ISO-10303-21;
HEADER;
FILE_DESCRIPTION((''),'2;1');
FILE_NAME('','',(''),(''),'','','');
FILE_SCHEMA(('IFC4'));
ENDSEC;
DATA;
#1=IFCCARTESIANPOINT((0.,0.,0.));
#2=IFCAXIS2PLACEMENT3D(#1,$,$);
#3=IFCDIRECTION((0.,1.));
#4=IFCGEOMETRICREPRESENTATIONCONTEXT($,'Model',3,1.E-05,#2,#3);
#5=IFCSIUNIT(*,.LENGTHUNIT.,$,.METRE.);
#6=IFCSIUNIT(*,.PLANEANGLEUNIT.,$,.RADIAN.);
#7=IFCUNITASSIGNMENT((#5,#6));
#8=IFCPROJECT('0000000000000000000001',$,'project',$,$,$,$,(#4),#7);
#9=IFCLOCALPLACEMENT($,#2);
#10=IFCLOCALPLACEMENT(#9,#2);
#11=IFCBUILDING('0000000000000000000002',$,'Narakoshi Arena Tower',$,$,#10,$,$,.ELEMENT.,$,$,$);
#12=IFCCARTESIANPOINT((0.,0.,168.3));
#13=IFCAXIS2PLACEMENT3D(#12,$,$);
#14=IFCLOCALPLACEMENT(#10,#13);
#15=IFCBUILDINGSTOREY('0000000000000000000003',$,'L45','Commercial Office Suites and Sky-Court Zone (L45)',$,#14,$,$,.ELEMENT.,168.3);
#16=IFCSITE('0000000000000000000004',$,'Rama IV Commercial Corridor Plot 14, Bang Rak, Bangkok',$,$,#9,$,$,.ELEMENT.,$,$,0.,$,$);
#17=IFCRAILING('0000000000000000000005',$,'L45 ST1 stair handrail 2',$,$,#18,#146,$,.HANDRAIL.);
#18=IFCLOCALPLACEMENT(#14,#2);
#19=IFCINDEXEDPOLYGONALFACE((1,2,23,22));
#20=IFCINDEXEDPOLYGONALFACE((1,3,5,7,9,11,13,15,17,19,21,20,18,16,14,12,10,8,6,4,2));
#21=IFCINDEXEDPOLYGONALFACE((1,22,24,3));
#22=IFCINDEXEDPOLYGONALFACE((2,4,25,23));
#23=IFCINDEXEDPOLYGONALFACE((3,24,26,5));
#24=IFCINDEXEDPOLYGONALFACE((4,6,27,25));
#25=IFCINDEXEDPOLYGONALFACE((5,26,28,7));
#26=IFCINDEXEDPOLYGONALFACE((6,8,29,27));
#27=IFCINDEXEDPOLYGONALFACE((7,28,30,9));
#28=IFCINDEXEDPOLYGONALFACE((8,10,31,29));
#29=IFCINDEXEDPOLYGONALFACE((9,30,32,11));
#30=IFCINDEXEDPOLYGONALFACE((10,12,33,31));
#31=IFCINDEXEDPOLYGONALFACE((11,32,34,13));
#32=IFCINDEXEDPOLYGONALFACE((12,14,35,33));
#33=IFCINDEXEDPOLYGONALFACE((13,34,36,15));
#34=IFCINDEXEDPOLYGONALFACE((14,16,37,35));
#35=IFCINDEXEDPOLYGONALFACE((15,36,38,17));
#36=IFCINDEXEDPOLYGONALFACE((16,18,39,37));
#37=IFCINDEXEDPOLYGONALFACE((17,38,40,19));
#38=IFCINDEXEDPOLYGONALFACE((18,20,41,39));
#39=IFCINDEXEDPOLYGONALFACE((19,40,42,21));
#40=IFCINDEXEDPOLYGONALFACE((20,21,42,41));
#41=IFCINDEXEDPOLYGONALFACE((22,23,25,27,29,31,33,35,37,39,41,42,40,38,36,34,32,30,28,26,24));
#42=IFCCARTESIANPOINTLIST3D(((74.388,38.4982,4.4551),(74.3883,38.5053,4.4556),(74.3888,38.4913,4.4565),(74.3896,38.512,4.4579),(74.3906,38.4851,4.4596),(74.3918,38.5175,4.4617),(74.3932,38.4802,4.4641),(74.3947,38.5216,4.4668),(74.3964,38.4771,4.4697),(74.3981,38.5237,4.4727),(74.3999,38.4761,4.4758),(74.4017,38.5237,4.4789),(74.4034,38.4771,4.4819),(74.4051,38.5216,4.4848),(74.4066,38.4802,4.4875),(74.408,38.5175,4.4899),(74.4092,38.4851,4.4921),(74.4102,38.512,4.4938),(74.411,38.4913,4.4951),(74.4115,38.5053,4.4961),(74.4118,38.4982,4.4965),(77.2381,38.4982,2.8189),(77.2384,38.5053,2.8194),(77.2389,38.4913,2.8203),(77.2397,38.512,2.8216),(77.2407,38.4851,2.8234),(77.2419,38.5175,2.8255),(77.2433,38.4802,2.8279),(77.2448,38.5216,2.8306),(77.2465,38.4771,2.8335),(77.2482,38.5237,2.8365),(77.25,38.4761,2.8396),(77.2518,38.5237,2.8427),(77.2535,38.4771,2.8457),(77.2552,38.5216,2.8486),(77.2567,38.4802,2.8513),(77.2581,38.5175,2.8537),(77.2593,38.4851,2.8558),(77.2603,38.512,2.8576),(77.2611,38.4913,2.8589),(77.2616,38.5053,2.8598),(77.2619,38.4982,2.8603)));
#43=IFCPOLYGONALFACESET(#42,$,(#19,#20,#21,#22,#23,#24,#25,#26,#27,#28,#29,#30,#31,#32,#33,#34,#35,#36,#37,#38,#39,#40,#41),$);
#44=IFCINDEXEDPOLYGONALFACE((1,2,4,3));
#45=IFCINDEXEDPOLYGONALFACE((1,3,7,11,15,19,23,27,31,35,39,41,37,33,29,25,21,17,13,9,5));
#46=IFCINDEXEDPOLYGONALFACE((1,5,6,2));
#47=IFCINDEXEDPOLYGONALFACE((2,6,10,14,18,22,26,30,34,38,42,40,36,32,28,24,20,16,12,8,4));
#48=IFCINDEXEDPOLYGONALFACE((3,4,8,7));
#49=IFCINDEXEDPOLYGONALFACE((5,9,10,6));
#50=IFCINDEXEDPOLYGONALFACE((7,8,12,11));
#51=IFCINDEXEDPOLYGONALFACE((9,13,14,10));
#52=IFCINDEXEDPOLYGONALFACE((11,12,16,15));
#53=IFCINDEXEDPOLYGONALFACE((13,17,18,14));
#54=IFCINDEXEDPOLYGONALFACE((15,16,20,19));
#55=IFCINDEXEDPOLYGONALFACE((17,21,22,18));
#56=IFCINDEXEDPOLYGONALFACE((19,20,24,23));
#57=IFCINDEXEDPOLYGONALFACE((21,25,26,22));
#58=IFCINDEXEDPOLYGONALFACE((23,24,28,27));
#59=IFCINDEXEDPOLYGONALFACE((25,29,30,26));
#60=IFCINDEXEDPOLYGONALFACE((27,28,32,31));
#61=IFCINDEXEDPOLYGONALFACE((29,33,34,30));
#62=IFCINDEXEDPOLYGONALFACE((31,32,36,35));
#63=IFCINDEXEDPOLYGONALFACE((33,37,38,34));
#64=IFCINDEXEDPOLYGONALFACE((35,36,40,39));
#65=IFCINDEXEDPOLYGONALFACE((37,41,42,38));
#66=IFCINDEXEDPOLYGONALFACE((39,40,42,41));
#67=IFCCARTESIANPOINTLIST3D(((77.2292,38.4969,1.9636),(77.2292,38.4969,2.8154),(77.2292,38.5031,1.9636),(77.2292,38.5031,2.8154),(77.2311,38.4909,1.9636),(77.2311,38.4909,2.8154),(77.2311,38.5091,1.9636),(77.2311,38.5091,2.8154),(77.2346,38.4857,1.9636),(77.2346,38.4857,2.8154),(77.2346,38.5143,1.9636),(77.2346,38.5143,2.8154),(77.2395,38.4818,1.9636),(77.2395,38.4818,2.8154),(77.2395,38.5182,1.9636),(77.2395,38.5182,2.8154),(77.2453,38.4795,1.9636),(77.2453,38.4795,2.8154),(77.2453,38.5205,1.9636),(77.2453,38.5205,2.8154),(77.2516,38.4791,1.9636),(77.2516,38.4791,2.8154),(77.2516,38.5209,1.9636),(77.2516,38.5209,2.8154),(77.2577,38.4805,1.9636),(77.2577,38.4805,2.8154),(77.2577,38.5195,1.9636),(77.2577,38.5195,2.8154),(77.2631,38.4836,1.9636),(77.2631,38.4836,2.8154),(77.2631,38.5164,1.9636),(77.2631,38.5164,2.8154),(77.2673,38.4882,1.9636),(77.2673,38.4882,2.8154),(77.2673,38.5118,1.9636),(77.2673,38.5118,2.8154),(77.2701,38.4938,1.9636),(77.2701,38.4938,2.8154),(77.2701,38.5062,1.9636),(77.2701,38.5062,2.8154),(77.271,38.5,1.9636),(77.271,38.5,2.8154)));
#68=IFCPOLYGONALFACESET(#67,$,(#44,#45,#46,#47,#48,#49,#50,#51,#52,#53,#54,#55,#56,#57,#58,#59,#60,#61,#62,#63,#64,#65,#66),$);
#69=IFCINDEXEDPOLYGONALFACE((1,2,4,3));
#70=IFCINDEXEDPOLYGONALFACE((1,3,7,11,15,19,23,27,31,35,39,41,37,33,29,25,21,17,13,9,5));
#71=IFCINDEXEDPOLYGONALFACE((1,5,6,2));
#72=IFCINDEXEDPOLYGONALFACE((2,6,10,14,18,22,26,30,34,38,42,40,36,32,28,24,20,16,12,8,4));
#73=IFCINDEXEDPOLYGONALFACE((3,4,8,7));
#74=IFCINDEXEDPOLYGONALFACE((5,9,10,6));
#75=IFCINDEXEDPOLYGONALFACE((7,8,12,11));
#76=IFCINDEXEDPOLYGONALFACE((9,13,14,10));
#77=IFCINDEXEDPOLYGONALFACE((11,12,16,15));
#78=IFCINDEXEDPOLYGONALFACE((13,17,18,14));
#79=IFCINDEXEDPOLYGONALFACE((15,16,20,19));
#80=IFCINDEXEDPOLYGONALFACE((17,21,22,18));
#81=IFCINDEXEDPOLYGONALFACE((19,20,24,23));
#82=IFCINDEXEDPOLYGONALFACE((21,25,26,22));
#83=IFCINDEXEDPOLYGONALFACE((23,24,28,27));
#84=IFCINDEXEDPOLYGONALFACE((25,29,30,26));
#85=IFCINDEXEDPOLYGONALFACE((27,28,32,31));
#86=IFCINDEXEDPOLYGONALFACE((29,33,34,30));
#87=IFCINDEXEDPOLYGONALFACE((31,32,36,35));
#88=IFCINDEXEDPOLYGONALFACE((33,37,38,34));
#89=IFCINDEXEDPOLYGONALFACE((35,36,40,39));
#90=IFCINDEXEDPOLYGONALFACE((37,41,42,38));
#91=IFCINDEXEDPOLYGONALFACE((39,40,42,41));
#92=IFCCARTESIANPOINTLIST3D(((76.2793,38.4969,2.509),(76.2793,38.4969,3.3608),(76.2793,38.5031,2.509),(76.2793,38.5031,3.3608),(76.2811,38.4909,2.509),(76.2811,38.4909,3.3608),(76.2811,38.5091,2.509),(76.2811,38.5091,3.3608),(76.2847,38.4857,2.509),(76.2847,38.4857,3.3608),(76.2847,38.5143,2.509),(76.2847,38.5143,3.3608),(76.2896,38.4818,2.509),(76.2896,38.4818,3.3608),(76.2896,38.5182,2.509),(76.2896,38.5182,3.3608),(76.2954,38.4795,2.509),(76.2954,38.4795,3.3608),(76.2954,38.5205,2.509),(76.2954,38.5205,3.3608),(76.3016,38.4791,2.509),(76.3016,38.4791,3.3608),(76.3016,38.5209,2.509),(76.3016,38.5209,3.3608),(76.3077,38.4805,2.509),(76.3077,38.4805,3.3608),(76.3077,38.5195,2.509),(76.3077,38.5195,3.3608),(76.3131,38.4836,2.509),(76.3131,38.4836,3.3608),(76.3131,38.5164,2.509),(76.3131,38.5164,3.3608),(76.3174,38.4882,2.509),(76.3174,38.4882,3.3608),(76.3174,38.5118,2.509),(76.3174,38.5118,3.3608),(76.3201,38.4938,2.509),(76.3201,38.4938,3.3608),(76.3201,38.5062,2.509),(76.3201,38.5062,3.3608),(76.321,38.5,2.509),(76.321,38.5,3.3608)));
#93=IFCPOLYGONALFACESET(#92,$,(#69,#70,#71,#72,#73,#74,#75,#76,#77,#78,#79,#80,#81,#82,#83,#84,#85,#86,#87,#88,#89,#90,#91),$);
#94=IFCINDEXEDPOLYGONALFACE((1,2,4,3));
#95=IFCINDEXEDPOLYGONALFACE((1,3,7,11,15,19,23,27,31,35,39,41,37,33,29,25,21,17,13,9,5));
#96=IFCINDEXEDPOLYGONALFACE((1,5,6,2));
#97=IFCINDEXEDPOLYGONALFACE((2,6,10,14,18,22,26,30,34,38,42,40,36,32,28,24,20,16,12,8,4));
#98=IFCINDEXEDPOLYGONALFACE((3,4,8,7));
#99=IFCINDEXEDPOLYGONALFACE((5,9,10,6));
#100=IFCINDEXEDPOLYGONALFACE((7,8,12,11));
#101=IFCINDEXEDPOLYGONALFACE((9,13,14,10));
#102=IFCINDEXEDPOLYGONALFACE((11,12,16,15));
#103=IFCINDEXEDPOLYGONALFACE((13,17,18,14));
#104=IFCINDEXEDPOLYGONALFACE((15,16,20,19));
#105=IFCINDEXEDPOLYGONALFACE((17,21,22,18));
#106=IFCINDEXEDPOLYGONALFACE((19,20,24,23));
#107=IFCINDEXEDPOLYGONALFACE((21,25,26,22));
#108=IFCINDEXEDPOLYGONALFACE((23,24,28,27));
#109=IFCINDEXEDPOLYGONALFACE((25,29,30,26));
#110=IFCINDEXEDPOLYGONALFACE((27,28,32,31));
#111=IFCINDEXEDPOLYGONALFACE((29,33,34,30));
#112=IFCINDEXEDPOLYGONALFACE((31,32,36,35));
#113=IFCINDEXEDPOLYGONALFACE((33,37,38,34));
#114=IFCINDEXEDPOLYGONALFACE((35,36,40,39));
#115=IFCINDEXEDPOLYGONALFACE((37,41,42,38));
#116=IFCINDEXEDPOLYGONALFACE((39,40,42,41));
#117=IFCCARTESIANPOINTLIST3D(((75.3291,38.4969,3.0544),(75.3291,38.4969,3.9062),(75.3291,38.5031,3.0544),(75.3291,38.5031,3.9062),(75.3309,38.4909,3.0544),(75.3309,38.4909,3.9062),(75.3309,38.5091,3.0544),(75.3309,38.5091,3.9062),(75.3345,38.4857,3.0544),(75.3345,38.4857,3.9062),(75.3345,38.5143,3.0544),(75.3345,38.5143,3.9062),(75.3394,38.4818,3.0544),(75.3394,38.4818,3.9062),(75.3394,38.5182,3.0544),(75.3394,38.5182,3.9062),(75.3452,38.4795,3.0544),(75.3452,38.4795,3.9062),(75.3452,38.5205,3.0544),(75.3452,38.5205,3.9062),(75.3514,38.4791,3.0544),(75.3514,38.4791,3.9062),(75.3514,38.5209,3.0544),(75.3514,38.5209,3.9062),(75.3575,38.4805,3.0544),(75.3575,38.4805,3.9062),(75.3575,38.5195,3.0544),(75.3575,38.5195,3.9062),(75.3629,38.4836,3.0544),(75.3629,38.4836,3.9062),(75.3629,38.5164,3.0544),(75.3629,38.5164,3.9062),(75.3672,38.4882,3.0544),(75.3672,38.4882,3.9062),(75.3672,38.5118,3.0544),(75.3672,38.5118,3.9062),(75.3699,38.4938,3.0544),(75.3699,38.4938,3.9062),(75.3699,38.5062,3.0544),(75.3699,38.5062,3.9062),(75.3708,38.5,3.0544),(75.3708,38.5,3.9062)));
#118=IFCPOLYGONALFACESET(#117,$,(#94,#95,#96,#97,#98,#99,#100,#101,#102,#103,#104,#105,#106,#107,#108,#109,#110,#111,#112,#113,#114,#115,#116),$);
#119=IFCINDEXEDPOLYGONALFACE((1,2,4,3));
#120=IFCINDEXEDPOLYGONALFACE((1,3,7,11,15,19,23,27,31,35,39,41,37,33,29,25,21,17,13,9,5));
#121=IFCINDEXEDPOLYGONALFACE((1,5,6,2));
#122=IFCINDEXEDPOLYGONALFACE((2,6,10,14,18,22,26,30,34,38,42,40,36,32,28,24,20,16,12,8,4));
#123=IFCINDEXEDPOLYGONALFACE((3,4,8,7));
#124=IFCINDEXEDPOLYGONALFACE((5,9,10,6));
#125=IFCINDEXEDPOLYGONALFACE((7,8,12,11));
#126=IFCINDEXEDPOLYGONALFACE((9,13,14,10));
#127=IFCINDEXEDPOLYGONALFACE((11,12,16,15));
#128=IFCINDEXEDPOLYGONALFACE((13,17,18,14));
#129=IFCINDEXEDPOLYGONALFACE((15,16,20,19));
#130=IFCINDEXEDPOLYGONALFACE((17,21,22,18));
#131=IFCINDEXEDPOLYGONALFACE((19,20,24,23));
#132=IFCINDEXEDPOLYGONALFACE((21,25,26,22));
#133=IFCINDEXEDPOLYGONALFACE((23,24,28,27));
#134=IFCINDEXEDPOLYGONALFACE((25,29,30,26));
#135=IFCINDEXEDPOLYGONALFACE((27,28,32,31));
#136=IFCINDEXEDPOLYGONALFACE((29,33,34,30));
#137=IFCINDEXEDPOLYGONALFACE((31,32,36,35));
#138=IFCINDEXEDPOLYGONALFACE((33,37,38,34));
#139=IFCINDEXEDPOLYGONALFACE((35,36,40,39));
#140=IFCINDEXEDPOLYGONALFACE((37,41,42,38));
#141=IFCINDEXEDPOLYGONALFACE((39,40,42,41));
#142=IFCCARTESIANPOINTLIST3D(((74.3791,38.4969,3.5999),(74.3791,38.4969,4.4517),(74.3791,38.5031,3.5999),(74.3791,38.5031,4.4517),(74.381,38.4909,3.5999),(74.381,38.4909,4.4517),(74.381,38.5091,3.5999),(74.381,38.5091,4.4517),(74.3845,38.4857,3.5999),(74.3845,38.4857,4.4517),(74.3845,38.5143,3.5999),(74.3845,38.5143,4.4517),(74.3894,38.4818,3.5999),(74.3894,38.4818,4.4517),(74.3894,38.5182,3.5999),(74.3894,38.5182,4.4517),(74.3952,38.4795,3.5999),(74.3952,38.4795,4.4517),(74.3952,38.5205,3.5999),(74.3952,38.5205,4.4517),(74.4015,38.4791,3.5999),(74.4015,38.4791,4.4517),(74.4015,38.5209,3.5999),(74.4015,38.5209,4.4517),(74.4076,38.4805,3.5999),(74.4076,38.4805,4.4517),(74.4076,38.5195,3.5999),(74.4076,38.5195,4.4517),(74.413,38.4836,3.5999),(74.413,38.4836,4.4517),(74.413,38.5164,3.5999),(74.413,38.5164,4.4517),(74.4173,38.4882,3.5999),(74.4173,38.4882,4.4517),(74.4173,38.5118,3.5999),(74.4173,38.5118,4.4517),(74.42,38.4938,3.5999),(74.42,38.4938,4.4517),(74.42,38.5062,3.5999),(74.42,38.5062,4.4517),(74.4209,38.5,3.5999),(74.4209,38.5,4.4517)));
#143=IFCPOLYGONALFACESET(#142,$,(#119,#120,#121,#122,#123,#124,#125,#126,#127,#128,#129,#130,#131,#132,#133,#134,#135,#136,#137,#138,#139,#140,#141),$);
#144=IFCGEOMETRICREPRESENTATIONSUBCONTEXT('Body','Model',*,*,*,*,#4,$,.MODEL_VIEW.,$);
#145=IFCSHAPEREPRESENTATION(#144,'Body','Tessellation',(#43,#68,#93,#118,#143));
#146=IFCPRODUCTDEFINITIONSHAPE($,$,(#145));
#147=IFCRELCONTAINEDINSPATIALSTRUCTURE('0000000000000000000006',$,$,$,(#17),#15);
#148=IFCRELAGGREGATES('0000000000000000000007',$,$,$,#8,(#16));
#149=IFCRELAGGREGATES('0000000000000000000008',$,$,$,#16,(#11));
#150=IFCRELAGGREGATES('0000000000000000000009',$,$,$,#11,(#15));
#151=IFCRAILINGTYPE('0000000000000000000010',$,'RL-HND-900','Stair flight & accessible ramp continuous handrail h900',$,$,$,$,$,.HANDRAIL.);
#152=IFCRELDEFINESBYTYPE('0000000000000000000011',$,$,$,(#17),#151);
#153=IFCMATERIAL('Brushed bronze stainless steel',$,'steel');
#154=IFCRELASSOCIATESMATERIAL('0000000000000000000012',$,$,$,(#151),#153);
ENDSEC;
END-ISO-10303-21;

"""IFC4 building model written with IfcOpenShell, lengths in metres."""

from ifc_helpers import new_model, si_unit, direction, frame, origin, origin_2d, place, context, subcontext, project, spatial, circle, extrude, material, type_object, element, save


model = new_model("IFC4")

# Units and contexts
model_context = context("Model", 3, precision=1e-05, world=origin(), true_north=direction((0.0, 1.0)))
body_context = subcontext(model_context, "Body", "Model", "MODEL_VIEW")
ifc_project = project(units=[si_unit("LENGTHUNIT", "METRE"), si_unit("PLANEANGLEUNIT", "RADIAN")], contexts=[model_context])

# Site, building, storey
site_placement = place(None, origin())
site = spatial("IfcSite", under=ifc_project, at=site_placement, Name="Rama IV Commercial Corridor Plot 14, Bang Rak, Bangkok", CompositionType="ELEMENT", RefElevation=0.0)
building_placement = place(site_placement, origin())
building = spatial("IfcBuilding", under=site, at=building_placement, Name="Narakoshi Arena Tower", CompositionType="ELEMENT")
storey_placement = place(building_placement, frame((0.0, 0.0, 168.3)))
storey = spatial("IfcBuildingStorey", under=building, at=storey_placement, Name="L45", Description="Commercial Office Suites and Sky-Court Zone (L45)", CompositionType="ELEMENT", Elevation=168.3)

# Railing
ifc_material_1 = material(Name="Brushed bronze stainless steel", Category="steel")
railing_type_1 = type_object("IfcRailingType", Name="RL-HND-900", Description="Stair flight & accessible ramp continuous handrail h900", PredefinedType="HANDRAIL", material=ifc_material_1)
railing_1_placement = place(storey_placement, frame((77.25, 38.5, 1.9636)))
element("IfcRailing", 1, at=railing_1_placement, inside=storey, type_object=railing_type_1, Name="L45 ST1 stair handrail 2", PredefinedType="HANDRAIL", context=body_context, shape_type="SweptSolid", body=[
    extrude(circle(Radius=0.0239, at=origin_2d()), frame((0.0, 0.0, 0.876), z_axis=(-0.867245, 0.0, 0.497882), x_axis=(0.0, -1.0, 0.0)), (0.0, 0.0, 1.0), 3.2864),
    extrude(circle(Radius=0.021, at=origin_2d()), origin(), (0.0, 0.0, 1.0), 0.8518),
    extrude(circle(Radius=0.021, at=origin_2d()), frame((-0.95, 0.0, 0.5454)), (0.0, 0.0, 1.0), 0.8518),
    extrude(circle(Radius=0.021, at=origin_2d()), frame((-1.9001, 0.0, 1.0908)), (0.0, 0.0, 1.0), 0.8518),
    extrude(circle(Radius=0.021, at=origin_2d()), frame((-2.8501, 0.0, 1.6362)), (0.0, 0.0, 1.0), 0.8518),
])

save(model, "model.ifc")
